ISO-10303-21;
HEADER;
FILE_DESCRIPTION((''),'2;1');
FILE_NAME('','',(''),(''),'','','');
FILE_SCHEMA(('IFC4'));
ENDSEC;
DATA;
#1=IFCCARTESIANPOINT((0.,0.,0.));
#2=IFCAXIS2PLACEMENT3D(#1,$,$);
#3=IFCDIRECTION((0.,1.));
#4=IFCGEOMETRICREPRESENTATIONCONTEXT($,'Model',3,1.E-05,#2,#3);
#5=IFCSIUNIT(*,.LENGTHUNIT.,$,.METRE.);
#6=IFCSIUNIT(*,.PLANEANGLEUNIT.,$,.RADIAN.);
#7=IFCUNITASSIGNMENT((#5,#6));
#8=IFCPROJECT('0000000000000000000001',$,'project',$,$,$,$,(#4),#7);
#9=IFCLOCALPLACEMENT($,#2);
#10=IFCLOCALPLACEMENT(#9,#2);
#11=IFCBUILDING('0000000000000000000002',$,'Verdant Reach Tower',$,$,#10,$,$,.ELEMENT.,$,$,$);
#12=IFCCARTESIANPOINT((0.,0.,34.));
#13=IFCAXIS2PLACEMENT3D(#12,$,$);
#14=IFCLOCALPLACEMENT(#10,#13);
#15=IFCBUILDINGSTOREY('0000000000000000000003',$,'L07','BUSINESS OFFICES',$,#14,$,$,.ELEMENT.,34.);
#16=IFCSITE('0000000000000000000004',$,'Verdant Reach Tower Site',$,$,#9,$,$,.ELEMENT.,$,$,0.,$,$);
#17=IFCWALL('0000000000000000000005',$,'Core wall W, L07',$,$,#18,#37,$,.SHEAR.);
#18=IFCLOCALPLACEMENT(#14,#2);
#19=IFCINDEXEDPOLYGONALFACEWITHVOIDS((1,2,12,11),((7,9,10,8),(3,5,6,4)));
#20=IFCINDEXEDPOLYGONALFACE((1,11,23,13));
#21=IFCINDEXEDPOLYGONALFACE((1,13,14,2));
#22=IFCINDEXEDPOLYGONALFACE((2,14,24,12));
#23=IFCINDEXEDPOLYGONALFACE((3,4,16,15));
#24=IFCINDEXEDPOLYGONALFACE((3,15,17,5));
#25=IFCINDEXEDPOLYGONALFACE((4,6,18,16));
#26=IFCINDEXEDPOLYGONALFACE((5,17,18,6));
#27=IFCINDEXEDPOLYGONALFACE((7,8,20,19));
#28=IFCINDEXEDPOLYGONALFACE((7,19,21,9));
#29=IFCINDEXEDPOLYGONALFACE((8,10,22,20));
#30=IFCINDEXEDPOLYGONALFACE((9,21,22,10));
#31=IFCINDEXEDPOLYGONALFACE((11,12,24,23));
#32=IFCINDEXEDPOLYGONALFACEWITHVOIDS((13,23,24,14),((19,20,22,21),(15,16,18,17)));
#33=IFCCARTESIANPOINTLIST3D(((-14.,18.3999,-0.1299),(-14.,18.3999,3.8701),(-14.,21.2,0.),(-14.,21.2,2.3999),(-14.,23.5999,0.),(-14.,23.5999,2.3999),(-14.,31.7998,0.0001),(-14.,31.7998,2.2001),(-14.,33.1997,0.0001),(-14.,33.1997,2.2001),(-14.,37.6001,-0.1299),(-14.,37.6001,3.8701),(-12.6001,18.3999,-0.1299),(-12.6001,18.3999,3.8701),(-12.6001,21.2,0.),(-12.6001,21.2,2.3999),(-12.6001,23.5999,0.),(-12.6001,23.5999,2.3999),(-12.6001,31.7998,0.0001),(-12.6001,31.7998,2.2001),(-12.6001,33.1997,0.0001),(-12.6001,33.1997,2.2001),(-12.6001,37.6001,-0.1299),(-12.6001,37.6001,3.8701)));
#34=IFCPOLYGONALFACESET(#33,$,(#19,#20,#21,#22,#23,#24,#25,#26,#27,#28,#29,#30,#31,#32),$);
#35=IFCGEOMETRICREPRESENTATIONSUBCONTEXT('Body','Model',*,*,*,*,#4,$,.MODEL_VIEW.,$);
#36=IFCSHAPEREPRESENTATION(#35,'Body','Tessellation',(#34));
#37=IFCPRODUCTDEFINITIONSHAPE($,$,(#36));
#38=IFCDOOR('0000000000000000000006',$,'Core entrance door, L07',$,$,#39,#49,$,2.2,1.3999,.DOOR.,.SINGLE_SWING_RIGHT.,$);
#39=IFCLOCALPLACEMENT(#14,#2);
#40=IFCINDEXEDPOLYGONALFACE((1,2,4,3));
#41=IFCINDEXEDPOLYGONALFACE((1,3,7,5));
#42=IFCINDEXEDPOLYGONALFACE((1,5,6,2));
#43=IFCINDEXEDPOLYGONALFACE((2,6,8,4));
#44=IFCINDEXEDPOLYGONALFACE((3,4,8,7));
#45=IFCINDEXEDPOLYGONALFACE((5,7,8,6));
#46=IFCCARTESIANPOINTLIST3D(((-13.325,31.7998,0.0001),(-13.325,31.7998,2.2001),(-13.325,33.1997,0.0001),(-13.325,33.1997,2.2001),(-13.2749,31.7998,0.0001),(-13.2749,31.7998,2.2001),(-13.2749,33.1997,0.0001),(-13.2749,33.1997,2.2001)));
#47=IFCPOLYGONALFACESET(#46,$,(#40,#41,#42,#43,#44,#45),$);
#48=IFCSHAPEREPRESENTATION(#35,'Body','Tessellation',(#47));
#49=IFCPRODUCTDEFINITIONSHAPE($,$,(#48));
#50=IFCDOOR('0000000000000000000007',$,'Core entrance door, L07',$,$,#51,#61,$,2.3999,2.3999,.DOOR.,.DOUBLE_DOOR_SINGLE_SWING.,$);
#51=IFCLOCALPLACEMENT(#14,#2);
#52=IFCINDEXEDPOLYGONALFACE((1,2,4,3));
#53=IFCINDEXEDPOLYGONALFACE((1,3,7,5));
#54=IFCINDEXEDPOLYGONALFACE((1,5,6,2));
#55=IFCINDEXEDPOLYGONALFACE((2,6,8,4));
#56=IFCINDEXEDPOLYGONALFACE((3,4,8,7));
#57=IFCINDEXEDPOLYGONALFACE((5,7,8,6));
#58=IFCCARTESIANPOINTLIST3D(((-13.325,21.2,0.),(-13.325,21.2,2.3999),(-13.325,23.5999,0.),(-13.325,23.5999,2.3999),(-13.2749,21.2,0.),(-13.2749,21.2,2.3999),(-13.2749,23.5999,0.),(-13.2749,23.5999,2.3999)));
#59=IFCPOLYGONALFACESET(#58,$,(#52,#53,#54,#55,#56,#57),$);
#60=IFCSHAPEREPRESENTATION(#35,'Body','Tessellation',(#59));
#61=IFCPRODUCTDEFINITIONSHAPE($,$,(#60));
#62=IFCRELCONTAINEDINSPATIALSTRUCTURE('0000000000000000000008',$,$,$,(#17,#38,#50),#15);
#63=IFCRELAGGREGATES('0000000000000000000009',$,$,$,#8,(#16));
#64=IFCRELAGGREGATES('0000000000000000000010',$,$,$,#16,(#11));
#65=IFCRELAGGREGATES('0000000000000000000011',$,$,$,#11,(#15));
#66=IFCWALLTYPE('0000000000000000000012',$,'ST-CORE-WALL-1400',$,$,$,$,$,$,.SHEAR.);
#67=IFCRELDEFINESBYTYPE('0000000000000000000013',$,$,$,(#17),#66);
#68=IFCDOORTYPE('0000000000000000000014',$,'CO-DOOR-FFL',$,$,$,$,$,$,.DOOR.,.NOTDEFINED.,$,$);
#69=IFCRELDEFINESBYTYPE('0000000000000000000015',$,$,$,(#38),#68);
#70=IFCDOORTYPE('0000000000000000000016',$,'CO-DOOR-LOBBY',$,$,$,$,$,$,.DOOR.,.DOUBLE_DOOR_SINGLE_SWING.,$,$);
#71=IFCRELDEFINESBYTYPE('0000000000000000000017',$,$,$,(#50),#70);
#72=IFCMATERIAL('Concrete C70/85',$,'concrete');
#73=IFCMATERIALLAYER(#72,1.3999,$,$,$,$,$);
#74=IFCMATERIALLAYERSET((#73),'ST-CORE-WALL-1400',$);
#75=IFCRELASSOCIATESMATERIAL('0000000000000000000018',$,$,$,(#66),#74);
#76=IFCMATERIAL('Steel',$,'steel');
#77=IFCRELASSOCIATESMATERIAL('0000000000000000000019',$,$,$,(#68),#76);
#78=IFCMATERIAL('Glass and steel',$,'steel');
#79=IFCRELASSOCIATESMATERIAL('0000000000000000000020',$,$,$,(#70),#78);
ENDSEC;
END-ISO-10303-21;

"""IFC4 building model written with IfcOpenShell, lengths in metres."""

from ifc_helpers import new_model, si_unit, direction, frame, frame_2d, origin, place, context, subcontext, project, spatial, rectangle, extrude, material, layer, layer_set, type_object, element, fill, save


model = new_model("IFC4")

# Units and contexts
model_context = context("Model", 3, precision=1e-05, world=origin(), true_north=direction((0.0, 1.0)))
body_context = subcontext(model_context, "Body", "Model", "MODEL_VIEW")
ifc_project = project(units=[si_unit("LENGTHUNIT", "METRE"), si_unit("PLANEANGLEUNIT", "RADIAN")], contexts=[model_context])

# Site, building, storey
site_placement = place(None, origin())
site = spatial("IfcSite", under=ifc_project, at=site_placement, Name="Verdant Reach Tower Site", CompositionType="ELEMENT", RefElevation=0.0)
building_placement = place(site_placement, origin())
building = spatial("IfcBuilding", under=site, at=building_placement, Name="Verdant Reach Tower", CompositionType="ELEMENT")
storey_placement = place(building_placement, frame((0.0, 0.0, 34.0)))
storey = spatial("IfcBuildingStorey", under=building, at=storey_placement, Name="L07", Description="BUSINESS OFFICES", CompositionType="ELEMENT", Elevation=34.0)

# Wall, openings, doors
ifc_material_1 = material(Name="Concrete C70/85", Category="concrete")
ifc_layer_1 = layer(ifc_material_1, 1.3999)
ifc_layer_set_1 = layer_set([ifc_layer_1], Name="ST-CORE-WALL-1400")
wall_type_1 = type_object("IfcWallType", Name="ST-CORE-WALL-1400", PredefinedType="SHEAR", material=ifc_layer_set_1)
wall_1_placement = place(storey_placement, frame((-13.3, 18.3999, -0.1299), z_axis=(0.0, 0.0, 1.0), x_axis=(0.0, 1.0, 0.0)))
wall_1 = element("IfcWall", 1, at=wall_1_placement, inside=storey, type_object=wall_type_1, Name="Core wall W, L07", PredefinedType="SHEAR", context=body_context, shape_type="SweptSolid", body=[
    extrude(rectangle(XDim=19.2002, YDim=1.3999, at=frame_2d((9.6001, 0.0))), origin(), (0.0, 0.0, 1.0), 4.0),
])
opening_1_placement = place(wall_1_placement, frame((2.8, 0.0, 0.1299)))
opening_1 = element("IfcOpeningElement", 2, at=opening_1_placement, cuts=wall_1, PredefinedType="OPENING", context=body_context, shape_type="SweptSolid", body=[
    extrude(rectangle(XDim=2.3999, YDim=2.3999, at=frame_2d((1.2, 1.2))), frame((0.0, 0.71, 0.0), z_axis=(0.0, -1.0, 0.0), x_axis=(1.0, 0.0, 0.0)), (0.0, 0.0, 1.0), 1.4199),
])
opening_2_placement = place(wall_1_placement, frame((13.3999, 0.0, 0.1299)))
opening_2 = element("IfcOpeningElement", 3, at=opening_2_placement, cuts=wall_1, PredefinedType="OPENING", context=body_context, shape_type="SweptSolid", body=[
    extrude(rectangle(XDim=1.3999, YDim=2.2, at=frame_2d((0.7, 1.1001))), frame((0.0, 0.71, 0.0), z_axis=(0.0, -1.0, 0.0), x_axis=(1.0, 0.0, 0.0)), (0.0, 0.0, 1.0), 1.4199),
])
ifc_material_2 = material(Name="Steel", Category="steel")
door_type_1 = type_object("IfcDoorType", Name="CO-DOOR-FFL", OperationType="NOTDEFINED", PredefinedType="DOOR", material=ifc_material_2)
door_1_placement = place(opening_2_placement, origin())
door_1 = element("IfcDoor", 4, at=door_1_placement, inside=storey, type_object=door_type_1, Name="Core entrance door, L07", OperationType="SINGLE_SWING_RIGHT", OverallHeight=2.2, OverallWidth=1.3999, PredefinedType="DOOR", context=body_context, shape_type="SweptSolid", body=[
    extrude(rectangle(XDim=1.3999, YDim=2.2, at=frame_2d((0.7, 1.1001))), frame((0.0, 0.0249, 0.0), z_axis=(0.0, -1.0, 0.0), x_axis=(1.0, 0.0, 0.0)), (0.0, 0.0, 1.0), 0.05),
])
fill(opening_2, door_1)
ifc_material_3 = material(Name="Glass and steel", Category="steel")
door_type_2 = type_object("IfcDoorType", Name="CO-DOOR-LOBBY", OperationType="DOUBLE_DOOR_SINGLE_SWING", PredefinedType="DOOR", material=ifc_material_3)
door_2_placement = place(opening_1_placement, origin())
door_2 = element("IfcDoor", 5, at=door_2_placement, inside=storey, type_object=door_type_2, Name="Core entrance door, L07", OperationType="DOUBLE_DOOR_SINGLE_SWING", OverallHeight=2.3999, OverallWidth=2.3999, PredefinedType="DOOR", context=body_context, shape_type="SweptSolid", body=[
    extrude(rectangle(XDim=2.3999, YDim=2.3999, at=frame_2d((1.2, 1.2))), frame((0.0, 0.0249, 0.0), z_axis=(0.0, -1.0, 0.0), x_axis=(1.0, 0.0, 0.0)), (0.0, 0.0, 1.0), 0.05),
])
fill(opening_1, door_2)

save(model, "model.ifc")
